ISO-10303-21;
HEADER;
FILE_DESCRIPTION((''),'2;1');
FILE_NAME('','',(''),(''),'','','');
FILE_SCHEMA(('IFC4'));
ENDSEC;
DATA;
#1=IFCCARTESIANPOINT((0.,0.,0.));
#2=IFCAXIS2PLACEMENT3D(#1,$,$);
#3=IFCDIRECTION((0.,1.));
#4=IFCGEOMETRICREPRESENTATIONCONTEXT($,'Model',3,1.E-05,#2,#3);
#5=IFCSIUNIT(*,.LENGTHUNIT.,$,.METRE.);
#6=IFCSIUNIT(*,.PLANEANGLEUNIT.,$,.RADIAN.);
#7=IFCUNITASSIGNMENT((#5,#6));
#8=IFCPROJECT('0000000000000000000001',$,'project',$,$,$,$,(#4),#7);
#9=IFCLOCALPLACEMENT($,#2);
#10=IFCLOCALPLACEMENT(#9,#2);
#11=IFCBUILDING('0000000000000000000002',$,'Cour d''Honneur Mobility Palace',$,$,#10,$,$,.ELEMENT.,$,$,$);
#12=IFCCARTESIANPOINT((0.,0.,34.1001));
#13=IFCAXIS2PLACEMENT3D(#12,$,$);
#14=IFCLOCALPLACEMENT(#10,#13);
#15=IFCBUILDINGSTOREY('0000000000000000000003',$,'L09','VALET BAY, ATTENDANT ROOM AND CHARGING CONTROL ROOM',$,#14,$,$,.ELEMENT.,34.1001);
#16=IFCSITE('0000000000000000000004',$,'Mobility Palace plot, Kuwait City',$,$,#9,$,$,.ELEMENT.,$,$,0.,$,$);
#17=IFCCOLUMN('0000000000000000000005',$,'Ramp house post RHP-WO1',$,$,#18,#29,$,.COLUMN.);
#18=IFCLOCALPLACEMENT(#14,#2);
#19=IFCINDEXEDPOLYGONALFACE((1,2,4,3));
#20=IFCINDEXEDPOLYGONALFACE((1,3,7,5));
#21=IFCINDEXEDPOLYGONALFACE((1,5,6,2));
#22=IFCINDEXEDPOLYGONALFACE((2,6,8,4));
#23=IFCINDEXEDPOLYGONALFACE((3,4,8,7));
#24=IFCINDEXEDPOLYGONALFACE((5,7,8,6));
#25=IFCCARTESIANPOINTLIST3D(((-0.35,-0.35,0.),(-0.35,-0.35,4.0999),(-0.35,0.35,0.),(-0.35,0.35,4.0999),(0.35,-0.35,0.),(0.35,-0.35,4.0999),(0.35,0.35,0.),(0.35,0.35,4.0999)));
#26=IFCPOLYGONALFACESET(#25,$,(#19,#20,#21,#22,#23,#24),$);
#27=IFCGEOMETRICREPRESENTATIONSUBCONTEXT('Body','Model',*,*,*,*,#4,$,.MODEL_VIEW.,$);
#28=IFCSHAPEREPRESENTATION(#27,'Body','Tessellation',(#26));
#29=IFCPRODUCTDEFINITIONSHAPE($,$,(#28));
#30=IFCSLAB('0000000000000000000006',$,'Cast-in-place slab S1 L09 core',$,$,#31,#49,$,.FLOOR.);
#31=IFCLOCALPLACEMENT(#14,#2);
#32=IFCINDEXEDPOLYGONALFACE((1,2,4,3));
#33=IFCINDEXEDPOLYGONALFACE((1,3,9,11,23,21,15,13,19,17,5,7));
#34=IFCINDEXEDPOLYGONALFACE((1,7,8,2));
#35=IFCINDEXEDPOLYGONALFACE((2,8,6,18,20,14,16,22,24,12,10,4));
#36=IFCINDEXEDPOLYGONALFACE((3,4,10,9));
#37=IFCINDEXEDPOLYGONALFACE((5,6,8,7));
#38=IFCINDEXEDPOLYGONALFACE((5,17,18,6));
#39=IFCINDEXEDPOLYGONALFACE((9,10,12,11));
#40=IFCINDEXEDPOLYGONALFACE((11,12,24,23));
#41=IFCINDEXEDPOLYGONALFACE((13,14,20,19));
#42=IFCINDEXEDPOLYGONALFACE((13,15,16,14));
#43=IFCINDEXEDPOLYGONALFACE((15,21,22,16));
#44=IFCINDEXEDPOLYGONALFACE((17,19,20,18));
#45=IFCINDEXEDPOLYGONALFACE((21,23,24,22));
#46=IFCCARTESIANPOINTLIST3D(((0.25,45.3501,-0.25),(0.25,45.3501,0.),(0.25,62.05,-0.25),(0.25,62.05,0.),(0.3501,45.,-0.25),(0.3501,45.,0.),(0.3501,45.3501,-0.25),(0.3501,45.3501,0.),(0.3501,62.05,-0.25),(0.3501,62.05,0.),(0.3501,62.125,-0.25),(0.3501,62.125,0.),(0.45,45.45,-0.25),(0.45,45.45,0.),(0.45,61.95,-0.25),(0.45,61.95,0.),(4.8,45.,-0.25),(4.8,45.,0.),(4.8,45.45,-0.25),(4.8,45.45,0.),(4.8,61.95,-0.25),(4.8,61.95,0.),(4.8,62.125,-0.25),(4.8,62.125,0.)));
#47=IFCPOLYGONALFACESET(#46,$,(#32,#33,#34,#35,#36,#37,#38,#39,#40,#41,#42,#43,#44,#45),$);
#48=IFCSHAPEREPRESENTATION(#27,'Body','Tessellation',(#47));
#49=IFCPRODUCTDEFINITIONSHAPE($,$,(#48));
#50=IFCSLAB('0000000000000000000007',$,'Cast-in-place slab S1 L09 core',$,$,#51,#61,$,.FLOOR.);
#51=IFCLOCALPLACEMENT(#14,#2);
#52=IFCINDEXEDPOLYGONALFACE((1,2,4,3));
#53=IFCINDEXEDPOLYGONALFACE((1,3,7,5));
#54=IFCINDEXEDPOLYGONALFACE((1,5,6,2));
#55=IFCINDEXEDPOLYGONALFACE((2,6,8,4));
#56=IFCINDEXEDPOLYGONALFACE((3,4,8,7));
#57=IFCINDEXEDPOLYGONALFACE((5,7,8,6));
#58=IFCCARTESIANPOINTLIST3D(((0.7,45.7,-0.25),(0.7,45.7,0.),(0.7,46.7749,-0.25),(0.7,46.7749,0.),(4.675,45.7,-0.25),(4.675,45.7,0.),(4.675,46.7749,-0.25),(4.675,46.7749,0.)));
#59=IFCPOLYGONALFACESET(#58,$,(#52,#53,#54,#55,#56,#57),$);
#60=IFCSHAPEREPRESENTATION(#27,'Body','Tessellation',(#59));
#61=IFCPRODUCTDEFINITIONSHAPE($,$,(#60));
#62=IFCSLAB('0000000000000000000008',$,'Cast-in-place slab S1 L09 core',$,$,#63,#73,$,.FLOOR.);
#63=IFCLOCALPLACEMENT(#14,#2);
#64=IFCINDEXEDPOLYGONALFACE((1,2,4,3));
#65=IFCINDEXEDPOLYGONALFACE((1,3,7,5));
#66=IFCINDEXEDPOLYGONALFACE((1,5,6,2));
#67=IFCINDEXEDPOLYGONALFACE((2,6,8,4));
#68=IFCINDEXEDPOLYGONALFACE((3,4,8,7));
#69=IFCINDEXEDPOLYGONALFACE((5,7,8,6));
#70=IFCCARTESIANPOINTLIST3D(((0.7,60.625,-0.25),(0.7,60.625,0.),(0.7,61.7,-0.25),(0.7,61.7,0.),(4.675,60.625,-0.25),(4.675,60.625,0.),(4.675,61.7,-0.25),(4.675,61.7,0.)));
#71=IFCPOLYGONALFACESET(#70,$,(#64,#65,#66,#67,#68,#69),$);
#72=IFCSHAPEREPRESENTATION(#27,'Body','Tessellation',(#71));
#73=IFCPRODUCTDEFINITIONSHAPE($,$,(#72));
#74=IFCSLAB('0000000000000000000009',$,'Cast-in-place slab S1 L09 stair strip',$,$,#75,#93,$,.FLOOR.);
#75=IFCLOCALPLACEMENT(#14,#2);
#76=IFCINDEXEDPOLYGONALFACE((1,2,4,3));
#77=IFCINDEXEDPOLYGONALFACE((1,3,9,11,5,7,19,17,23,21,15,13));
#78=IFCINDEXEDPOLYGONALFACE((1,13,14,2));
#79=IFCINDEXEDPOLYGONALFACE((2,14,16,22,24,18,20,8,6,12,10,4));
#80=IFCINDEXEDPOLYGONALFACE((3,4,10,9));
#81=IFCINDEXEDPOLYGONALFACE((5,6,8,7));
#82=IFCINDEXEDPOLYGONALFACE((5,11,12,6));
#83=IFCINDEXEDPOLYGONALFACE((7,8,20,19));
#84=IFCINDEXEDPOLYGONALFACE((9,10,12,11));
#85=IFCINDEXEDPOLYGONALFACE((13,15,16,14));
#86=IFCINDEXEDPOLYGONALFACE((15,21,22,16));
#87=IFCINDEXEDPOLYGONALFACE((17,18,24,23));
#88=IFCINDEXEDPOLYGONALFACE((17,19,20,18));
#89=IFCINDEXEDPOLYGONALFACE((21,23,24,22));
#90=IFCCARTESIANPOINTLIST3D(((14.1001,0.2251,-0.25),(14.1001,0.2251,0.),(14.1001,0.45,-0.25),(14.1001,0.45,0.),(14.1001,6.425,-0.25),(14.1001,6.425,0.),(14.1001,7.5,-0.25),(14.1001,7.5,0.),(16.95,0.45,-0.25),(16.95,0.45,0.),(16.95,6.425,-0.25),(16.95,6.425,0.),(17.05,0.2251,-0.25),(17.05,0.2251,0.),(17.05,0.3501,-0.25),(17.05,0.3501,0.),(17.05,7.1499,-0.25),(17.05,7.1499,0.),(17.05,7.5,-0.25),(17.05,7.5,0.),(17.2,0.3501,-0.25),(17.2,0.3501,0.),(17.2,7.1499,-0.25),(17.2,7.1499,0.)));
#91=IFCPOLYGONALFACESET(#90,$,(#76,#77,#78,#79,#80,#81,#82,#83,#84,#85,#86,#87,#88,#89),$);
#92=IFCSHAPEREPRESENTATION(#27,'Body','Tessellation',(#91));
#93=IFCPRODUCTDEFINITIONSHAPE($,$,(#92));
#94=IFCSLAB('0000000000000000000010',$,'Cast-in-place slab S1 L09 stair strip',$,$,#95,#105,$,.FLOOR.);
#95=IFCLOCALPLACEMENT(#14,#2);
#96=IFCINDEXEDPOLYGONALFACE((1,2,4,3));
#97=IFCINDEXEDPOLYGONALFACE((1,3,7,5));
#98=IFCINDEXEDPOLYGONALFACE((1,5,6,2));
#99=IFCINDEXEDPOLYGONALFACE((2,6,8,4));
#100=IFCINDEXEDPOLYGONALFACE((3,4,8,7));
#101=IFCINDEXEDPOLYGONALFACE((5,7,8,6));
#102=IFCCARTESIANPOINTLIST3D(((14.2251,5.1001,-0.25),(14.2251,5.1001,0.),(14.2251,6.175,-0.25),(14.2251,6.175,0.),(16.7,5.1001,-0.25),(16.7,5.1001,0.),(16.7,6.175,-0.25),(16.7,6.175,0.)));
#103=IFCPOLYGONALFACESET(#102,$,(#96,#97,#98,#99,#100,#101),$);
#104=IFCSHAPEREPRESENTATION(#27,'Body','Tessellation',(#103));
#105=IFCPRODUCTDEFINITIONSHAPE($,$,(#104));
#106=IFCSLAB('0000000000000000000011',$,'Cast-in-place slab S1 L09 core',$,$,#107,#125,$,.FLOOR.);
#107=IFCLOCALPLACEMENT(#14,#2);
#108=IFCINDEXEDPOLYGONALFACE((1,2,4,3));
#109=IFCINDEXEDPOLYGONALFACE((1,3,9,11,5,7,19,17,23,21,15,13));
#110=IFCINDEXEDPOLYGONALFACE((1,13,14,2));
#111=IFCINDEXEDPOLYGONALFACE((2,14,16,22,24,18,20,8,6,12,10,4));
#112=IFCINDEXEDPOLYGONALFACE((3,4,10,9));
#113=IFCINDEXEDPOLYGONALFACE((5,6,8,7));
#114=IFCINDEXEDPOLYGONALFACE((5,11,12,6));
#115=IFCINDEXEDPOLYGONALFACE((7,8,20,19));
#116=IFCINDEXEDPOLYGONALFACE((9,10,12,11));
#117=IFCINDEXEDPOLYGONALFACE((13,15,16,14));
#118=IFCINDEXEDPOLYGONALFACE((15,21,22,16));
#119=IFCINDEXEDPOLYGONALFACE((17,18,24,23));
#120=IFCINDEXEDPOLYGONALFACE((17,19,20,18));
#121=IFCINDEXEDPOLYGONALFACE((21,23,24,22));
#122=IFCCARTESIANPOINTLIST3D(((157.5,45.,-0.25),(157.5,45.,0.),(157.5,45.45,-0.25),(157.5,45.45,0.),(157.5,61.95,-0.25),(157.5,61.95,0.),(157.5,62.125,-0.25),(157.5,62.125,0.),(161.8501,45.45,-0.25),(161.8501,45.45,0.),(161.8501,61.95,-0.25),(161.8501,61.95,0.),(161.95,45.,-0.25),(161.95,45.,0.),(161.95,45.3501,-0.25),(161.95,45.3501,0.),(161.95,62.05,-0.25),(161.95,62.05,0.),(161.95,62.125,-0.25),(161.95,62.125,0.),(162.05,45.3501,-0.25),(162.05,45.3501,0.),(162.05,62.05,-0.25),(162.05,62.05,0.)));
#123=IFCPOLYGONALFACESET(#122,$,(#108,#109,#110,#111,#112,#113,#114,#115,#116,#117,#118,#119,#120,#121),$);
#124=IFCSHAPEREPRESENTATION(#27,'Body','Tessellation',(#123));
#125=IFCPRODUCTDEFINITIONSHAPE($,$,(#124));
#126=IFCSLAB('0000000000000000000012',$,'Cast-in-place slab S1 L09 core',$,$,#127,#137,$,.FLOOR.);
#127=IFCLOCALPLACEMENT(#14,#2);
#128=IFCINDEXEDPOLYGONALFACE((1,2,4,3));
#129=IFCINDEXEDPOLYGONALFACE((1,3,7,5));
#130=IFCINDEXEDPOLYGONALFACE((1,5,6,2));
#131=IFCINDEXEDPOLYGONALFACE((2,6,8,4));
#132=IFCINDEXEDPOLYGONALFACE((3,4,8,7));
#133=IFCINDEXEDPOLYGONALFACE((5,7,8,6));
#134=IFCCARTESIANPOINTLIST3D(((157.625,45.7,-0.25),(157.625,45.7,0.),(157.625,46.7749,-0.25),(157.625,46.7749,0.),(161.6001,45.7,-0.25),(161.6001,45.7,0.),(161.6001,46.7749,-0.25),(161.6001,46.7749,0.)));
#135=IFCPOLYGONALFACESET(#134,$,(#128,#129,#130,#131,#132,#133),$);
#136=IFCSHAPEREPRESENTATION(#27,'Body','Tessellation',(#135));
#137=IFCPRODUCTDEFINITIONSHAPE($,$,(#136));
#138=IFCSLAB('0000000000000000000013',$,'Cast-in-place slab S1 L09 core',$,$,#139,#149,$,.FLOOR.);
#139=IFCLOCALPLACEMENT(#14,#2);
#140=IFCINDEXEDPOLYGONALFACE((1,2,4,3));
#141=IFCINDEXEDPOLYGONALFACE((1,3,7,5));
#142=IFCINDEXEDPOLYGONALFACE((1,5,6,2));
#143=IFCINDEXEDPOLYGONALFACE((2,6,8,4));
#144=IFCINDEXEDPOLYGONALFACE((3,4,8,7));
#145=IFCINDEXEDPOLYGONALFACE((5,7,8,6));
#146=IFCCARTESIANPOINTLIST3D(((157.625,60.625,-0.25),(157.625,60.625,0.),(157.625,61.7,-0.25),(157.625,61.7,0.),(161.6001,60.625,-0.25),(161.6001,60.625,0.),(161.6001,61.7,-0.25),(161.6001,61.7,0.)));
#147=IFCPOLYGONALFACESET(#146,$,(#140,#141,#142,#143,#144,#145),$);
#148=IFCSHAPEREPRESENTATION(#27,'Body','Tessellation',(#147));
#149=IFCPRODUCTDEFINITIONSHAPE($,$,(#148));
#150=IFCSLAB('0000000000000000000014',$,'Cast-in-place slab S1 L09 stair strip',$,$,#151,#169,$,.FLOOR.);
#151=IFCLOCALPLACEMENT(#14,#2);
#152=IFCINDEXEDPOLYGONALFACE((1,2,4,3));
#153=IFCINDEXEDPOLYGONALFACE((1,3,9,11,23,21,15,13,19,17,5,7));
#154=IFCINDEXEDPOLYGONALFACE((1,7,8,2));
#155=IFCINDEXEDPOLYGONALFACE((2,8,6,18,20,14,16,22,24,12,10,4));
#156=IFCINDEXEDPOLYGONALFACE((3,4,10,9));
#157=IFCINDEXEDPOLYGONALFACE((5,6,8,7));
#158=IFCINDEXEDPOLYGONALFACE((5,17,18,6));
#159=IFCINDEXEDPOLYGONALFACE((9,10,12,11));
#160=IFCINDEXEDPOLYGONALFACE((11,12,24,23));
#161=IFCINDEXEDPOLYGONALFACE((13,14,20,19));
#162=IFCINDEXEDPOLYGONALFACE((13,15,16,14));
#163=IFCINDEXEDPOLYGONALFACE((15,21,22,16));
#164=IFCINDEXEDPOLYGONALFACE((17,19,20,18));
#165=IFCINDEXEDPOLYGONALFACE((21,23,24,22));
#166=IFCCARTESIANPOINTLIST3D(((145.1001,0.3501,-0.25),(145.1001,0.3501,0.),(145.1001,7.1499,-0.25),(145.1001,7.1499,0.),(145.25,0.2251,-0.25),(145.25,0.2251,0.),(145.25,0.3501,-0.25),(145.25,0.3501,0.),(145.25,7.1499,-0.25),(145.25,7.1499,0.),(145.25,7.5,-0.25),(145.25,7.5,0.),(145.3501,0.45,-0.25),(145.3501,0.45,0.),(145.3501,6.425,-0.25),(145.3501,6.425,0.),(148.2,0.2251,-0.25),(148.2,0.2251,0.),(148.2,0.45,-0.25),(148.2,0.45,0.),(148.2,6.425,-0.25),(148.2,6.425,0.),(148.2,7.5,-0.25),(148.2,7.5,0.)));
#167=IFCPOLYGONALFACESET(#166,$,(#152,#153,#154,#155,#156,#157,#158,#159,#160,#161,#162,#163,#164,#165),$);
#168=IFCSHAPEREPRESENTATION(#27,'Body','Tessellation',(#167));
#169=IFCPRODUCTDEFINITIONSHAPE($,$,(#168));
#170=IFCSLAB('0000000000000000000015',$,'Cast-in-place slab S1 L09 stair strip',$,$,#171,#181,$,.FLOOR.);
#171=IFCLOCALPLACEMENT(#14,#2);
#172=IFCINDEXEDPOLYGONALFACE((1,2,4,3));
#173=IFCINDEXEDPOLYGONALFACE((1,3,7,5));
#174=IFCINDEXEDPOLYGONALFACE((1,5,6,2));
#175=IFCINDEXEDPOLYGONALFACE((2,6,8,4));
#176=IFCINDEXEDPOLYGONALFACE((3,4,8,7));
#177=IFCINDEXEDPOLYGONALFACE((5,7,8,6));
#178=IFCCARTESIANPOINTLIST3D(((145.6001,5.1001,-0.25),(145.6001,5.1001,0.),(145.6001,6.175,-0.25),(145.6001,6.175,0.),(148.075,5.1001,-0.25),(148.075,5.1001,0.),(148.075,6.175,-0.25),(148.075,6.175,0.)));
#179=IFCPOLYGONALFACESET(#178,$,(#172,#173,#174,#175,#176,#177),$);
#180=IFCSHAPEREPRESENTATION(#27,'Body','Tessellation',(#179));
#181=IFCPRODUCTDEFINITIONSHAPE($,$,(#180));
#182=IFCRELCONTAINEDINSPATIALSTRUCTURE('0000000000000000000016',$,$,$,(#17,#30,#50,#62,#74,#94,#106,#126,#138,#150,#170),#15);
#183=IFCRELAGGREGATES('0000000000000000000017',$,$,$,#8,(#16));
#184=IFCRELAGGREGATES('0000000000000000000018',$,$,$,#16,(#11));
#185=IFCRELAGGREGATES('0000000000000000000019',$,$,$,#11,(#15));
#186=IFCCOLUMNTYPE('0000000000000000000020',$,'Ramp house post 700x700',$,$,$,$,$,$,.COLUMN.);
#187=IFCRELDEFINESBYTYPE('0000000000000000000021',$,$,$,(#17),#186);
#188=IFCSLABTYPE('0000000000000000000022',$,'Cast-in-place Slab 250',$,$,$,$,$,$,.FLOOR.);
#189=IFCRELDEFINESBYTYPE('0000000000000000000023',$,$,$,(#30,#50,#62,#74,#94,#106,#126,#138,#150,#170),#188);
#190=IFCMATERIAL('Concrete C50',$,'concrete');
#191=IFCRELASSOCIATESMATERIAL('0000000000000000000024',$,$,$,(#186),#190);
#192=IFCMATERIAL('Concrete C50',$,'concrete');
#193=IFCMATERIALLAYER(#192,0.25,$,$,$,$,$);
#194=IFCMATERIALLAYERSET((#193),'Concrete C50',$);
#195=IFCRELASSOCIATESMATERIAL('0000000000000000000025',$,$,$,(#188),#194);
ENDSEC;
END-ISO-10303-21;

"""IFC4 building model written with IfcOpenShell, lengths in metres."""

from ifc_helpers import new_model, si_unit, direction, frame, origin, origin_with_axes, origin_2d, place, context, subcontext, project, spatial, polyline, rectangle, outline, extrude, material, layer, layer_set, material_profile, profile_set, type_object, element, save


model = new_model("IFC4")

# Units and contexts
model_context = context("Model", 3, precision=1e-05, world=origin(), true_north=direction((0.0, 1.0)))
body_context = subcontext(model_context, "Body", "Model", "MODEL_VIEW")
ifc_project = project(units=[si_unit("LENGTHUNIT", "METRE"), si_unit("PLANEANGLEUNIT", "RADIAN")], contexts=[model_context])

# Site, building, storey
site_placement = place(None, origin())
site = spatial("IfcSite", under=ifc_project, at=site_placement, Name="Mobility Palace plot, Kuwait City", CompositionType="ELEMENT", RefElevation=0.0)
building_placement = place(site_placement, origin())
building = spatial("IfcBuilding", under=site, at=building_placement, Name="Cour d'Honneur Mobility Palace", CompositionType="ELEMENT")
storey_placement = place(building_placement, frame((0.0, 0.0, 34.1001)))
storey = spatial("IfcBuildingStorey", under=building, at=storey_placement, Name="L09", Description="VALET BAY, ATTENDANT ROOM AND CHARGING CONTROL ROOM", CompositionType="ELEMENT", Elevation=34.1001)

# Column
ifc_material_1 = material(Name="Concrete C50", Category="concrete")
ifc_material_profile = material_profile(ifc_material_1, rectangle(XDim=0.7, YDim=0.7, at=origin_2d()), Name="Ramp house post 700x700")
ifc_profile_set = profile_set([ifc_material_profile], Name="Concrete C50")
column_type = type_object("IfcColumnType", Name="Ramp house post 700x700", PredefinedType="COLUMN", material=ifc_profile_set)
column_placement = place(storey_placement, origin_with_axes())
element("IfcColumn", 1, at=column_placement, inside=storey, type_object=column_type, Name="Ramp house post RHP-WO1", PredefinedType="COLUMN", context=body_context, shape_type="SweptSolid", body=[
    extrude(rectangle(XDim=0.7, YDim=0.7, at=origin_2d()), origin(), (0.0, 0.0, 1.0), 4.0999),
])

# Slabs
ifc_material_2 = material(Name="Concrete C50", Category="concrete")
ifc_layer_1 = layer(ifc_material_2, 0.25)
ifc_layer_set_1 = layer_set([ifc_layer_1], Name="Concrete C50")
slab_type_1 = type_object("IfcSlabType", Name="Cast-in-place Slab 250", PredefinedType="FLOOR", material=ifc_layer_set_1)
slab_1_placement = place(storey_placement, frame((0.0, 0.0, -0.25)))
element("IfcSlab", 2, at=slab_1_placement, inside=storey, type_object=slab_type_1, Name="Cast-in-place slab S1 L09 core", PredefinedType="FLOOR", context=body_context, shape_type="SweptSolid", body=[
    extrude(outline(polyline([(0.3501, 45.3501), (0.25, 45.3501), (0.25, 62.05), (0.3501, 62.05), (0.3501, 62.125), (4.8, 62.125), (4.8, 61.95), (0.45, 61.95), (0.45, 45.45), (4.8, 45.45), (4.8, 45.0), (0.3501, 45.0), (0.3501, 45.3501)])), origin(), (0.0, 0.0, 1.0), 0.25),
])
slab_2_placement = place(storey_placement, frame((0.0, 0.0, -0.25)))
element("IfcSlab", 3, at=slab_2_placement, inside=storey, type_object=slab_type_1, Name="Cast-in-place slab S1 L09 core", PredefinedType="FLOOR", context=body_context, shape_type="SweptSolid", body=[
    extrude(outline(polyline([(0.7, 45.7), (0.7, 46.7749), (4.675, 46.7749), (4.675, 45.7), (0.7, 45.7)])), origin(), (0.0, 0.0, 1.0), 0.25),
])
slab_3_placement = place(storey_placement, frame((0.0, 0.0, -0.25)))
element("IfcSlab", 4, at=slab_3_placement, inside=storey, type_object=slab_type_1, Name="Cast-in-place slab S1 L09 core", PredefinedType="FLOOR", context=body_context, shape_type="SweptSolid", body=[
    extrude(outline(polyline([(4.675, 61.7), (4.675, 60.625), (0.7, 60.625), (0.7, 61.7), (4.675, 61.7)])), origin(), (0.0, 0.0, 1.0), 0.25),
])
slab_4_placement = place(storey_placement, frame((0.0, 0.0, -0.25)))
element("IfcSlab", 5, at=slab_4_placement, inside=storey, type_object=slab_type_1, Name="Cast-in-place slab S1 L09 stair strip", PredefinedType="FLOOR", context=body_context, shape_type="SweptSolid", body=[
    extrude(outline(polyline([(17.05, 7.1499), (17.2, 7.1499), (17.2, 0.3501), (17.05, 0.3501), (17.05, 0.2251), (14.1001, 0.2251), (14.1001, 0.45), (16.95, 0.45), (16.95, 6.425), (14.1001, 6.425), (14.1001, 7.5), (17.05, 7.5), (17.05, 7.1499)])), origin(), (0.0, 0.0, 1.0), 0.25),
])
slab_5_placement = place(storey_placement, frame((0.0, 0.0, -0.25)))
element("IfcSlab", 6, at=slab_5_placement, inside=storey, type_object=slab_type_1, Name="Cast-in-place slab S1 L09 stair strip", PredefinedType="FLOOR", context=body_context, shape_type="SweptSolid", body=[
    extrude(outline(polyline([(16.7, 6.175), (16.7, 5.1001), (14.2251, 5.1001), (14.2251, 6.175), (16.7, 6.175)])), origin(), (0.0, 0.0, 1.0), 0.25),
])
slab_6_placement = place(storey_placement, frame((0.0, 0.0, -0.25)))
element("IfcSlab", 7, at=slab_6_placement, inside=storey, type_object=slab_type_1, Name="Cast-in-place slab S1 L09 core", PredefinedType="FLOOR", context=body_context, shape_type="SweptSolid", body=[
    extrude(outline(polyline([(161.95, 62.05), (162.05, 62.05), (162.05, 45.3501), (161.95, 45.3501), (161.95, 45.0), (157.5, 45.0), (157.5, 45.45), (161.8501, 45.45), (161.8501, 61.95), (157.5, 61.95), (157.5, 62.125), (161.95, 62.125), (161.95, 62.05)])), origin(), (0.0, 0.0, 1.0), 0.25),
])
slab_7_placement = place(storey_placement, frame((0.0, 0.0, -0.25)))
element("IfcSlab", 8, at=slab_7_placement, inside=storey, type_object=slab_type_1, Name="Cast-in-place slab S1 L09 core", PredefinedType="FLOOR", context=body_context, shape_type="SweptSolid", body=[
    extrude(outline(polyline([(157.625, 46.7749), (161.6001, 46.7749), (161.6001, 45.7), (157.625, 45.7), (157.625, 46.7749)])), origin(), (0.0, 0.0, 1.0), 0.25),
])
slab_8_placement = place(storey_placement, frame((0.0, 0.0, -0.25)))
element("IfcSlab", 9, at=slab_8_placement, inside=storey, type_object=slab_type_1, Name="Cast-in-place slab S1 L09 core", PredefinedType="FLOOR", context=body_context, shape_type="SweptSolid", body=[
    extrude(outline(polyline([(161.6001, 60.625), (157.625, 60.625), (157.625, 61.7), (161.6001, 61.7), (161.6001, 60.625)])), origin(), (0.0, 0.0, 1.0), 0.25),
])
slab_9_placement = place(storey_placement, frame((0.0, 0.0, -0.25)))
element("IfcSlab", 10, at=slab_9_placement, inside=storey, type_object=slab_type_1, Name="Cast-in-place slab S1 L09 stair strip", PredefinedType="FLOOR", context=body_context, shape_type="SweptSolid", body=[
    extrude(outline(polyline([(145.25, 0.3501), (145.1001, 0.3501), (145.1001, 7.1499), (145.25, 7.1499), (145.25, 7.5), (148.2, 7.5), (148.2, 6.425), (145.3501, 6.425), (145.3501, 0.45), (148.2, 0.45), (148.2, 0.2251), (145.25, 0.2251), (145.25, 0.3501)])), origin(), (0.0, 0.0, 1.0), 0.25),
])
slab_10_placement = place(storey_placement, frame((0.0, 0.0, -0.25)))
element("IfcSlab", 11, at=slab_10_placement, inside=storey, type_object=slab_type_1, Name="Cast-in-place slab S1 L09 stair strip", PredefinedType="FLOOR", context=body_context, shape_type="SweptSolid", body=[
    extrude(outline(polyline([(148.075, 6.175), (148.075, 5.1001), (145.6001, 5.1001), (145.6001, 6.175), (148.075, 6.175)])), origin(), (0.0, 0.0, 1.0), 0.25),
])

save(model, "model.ifc")
